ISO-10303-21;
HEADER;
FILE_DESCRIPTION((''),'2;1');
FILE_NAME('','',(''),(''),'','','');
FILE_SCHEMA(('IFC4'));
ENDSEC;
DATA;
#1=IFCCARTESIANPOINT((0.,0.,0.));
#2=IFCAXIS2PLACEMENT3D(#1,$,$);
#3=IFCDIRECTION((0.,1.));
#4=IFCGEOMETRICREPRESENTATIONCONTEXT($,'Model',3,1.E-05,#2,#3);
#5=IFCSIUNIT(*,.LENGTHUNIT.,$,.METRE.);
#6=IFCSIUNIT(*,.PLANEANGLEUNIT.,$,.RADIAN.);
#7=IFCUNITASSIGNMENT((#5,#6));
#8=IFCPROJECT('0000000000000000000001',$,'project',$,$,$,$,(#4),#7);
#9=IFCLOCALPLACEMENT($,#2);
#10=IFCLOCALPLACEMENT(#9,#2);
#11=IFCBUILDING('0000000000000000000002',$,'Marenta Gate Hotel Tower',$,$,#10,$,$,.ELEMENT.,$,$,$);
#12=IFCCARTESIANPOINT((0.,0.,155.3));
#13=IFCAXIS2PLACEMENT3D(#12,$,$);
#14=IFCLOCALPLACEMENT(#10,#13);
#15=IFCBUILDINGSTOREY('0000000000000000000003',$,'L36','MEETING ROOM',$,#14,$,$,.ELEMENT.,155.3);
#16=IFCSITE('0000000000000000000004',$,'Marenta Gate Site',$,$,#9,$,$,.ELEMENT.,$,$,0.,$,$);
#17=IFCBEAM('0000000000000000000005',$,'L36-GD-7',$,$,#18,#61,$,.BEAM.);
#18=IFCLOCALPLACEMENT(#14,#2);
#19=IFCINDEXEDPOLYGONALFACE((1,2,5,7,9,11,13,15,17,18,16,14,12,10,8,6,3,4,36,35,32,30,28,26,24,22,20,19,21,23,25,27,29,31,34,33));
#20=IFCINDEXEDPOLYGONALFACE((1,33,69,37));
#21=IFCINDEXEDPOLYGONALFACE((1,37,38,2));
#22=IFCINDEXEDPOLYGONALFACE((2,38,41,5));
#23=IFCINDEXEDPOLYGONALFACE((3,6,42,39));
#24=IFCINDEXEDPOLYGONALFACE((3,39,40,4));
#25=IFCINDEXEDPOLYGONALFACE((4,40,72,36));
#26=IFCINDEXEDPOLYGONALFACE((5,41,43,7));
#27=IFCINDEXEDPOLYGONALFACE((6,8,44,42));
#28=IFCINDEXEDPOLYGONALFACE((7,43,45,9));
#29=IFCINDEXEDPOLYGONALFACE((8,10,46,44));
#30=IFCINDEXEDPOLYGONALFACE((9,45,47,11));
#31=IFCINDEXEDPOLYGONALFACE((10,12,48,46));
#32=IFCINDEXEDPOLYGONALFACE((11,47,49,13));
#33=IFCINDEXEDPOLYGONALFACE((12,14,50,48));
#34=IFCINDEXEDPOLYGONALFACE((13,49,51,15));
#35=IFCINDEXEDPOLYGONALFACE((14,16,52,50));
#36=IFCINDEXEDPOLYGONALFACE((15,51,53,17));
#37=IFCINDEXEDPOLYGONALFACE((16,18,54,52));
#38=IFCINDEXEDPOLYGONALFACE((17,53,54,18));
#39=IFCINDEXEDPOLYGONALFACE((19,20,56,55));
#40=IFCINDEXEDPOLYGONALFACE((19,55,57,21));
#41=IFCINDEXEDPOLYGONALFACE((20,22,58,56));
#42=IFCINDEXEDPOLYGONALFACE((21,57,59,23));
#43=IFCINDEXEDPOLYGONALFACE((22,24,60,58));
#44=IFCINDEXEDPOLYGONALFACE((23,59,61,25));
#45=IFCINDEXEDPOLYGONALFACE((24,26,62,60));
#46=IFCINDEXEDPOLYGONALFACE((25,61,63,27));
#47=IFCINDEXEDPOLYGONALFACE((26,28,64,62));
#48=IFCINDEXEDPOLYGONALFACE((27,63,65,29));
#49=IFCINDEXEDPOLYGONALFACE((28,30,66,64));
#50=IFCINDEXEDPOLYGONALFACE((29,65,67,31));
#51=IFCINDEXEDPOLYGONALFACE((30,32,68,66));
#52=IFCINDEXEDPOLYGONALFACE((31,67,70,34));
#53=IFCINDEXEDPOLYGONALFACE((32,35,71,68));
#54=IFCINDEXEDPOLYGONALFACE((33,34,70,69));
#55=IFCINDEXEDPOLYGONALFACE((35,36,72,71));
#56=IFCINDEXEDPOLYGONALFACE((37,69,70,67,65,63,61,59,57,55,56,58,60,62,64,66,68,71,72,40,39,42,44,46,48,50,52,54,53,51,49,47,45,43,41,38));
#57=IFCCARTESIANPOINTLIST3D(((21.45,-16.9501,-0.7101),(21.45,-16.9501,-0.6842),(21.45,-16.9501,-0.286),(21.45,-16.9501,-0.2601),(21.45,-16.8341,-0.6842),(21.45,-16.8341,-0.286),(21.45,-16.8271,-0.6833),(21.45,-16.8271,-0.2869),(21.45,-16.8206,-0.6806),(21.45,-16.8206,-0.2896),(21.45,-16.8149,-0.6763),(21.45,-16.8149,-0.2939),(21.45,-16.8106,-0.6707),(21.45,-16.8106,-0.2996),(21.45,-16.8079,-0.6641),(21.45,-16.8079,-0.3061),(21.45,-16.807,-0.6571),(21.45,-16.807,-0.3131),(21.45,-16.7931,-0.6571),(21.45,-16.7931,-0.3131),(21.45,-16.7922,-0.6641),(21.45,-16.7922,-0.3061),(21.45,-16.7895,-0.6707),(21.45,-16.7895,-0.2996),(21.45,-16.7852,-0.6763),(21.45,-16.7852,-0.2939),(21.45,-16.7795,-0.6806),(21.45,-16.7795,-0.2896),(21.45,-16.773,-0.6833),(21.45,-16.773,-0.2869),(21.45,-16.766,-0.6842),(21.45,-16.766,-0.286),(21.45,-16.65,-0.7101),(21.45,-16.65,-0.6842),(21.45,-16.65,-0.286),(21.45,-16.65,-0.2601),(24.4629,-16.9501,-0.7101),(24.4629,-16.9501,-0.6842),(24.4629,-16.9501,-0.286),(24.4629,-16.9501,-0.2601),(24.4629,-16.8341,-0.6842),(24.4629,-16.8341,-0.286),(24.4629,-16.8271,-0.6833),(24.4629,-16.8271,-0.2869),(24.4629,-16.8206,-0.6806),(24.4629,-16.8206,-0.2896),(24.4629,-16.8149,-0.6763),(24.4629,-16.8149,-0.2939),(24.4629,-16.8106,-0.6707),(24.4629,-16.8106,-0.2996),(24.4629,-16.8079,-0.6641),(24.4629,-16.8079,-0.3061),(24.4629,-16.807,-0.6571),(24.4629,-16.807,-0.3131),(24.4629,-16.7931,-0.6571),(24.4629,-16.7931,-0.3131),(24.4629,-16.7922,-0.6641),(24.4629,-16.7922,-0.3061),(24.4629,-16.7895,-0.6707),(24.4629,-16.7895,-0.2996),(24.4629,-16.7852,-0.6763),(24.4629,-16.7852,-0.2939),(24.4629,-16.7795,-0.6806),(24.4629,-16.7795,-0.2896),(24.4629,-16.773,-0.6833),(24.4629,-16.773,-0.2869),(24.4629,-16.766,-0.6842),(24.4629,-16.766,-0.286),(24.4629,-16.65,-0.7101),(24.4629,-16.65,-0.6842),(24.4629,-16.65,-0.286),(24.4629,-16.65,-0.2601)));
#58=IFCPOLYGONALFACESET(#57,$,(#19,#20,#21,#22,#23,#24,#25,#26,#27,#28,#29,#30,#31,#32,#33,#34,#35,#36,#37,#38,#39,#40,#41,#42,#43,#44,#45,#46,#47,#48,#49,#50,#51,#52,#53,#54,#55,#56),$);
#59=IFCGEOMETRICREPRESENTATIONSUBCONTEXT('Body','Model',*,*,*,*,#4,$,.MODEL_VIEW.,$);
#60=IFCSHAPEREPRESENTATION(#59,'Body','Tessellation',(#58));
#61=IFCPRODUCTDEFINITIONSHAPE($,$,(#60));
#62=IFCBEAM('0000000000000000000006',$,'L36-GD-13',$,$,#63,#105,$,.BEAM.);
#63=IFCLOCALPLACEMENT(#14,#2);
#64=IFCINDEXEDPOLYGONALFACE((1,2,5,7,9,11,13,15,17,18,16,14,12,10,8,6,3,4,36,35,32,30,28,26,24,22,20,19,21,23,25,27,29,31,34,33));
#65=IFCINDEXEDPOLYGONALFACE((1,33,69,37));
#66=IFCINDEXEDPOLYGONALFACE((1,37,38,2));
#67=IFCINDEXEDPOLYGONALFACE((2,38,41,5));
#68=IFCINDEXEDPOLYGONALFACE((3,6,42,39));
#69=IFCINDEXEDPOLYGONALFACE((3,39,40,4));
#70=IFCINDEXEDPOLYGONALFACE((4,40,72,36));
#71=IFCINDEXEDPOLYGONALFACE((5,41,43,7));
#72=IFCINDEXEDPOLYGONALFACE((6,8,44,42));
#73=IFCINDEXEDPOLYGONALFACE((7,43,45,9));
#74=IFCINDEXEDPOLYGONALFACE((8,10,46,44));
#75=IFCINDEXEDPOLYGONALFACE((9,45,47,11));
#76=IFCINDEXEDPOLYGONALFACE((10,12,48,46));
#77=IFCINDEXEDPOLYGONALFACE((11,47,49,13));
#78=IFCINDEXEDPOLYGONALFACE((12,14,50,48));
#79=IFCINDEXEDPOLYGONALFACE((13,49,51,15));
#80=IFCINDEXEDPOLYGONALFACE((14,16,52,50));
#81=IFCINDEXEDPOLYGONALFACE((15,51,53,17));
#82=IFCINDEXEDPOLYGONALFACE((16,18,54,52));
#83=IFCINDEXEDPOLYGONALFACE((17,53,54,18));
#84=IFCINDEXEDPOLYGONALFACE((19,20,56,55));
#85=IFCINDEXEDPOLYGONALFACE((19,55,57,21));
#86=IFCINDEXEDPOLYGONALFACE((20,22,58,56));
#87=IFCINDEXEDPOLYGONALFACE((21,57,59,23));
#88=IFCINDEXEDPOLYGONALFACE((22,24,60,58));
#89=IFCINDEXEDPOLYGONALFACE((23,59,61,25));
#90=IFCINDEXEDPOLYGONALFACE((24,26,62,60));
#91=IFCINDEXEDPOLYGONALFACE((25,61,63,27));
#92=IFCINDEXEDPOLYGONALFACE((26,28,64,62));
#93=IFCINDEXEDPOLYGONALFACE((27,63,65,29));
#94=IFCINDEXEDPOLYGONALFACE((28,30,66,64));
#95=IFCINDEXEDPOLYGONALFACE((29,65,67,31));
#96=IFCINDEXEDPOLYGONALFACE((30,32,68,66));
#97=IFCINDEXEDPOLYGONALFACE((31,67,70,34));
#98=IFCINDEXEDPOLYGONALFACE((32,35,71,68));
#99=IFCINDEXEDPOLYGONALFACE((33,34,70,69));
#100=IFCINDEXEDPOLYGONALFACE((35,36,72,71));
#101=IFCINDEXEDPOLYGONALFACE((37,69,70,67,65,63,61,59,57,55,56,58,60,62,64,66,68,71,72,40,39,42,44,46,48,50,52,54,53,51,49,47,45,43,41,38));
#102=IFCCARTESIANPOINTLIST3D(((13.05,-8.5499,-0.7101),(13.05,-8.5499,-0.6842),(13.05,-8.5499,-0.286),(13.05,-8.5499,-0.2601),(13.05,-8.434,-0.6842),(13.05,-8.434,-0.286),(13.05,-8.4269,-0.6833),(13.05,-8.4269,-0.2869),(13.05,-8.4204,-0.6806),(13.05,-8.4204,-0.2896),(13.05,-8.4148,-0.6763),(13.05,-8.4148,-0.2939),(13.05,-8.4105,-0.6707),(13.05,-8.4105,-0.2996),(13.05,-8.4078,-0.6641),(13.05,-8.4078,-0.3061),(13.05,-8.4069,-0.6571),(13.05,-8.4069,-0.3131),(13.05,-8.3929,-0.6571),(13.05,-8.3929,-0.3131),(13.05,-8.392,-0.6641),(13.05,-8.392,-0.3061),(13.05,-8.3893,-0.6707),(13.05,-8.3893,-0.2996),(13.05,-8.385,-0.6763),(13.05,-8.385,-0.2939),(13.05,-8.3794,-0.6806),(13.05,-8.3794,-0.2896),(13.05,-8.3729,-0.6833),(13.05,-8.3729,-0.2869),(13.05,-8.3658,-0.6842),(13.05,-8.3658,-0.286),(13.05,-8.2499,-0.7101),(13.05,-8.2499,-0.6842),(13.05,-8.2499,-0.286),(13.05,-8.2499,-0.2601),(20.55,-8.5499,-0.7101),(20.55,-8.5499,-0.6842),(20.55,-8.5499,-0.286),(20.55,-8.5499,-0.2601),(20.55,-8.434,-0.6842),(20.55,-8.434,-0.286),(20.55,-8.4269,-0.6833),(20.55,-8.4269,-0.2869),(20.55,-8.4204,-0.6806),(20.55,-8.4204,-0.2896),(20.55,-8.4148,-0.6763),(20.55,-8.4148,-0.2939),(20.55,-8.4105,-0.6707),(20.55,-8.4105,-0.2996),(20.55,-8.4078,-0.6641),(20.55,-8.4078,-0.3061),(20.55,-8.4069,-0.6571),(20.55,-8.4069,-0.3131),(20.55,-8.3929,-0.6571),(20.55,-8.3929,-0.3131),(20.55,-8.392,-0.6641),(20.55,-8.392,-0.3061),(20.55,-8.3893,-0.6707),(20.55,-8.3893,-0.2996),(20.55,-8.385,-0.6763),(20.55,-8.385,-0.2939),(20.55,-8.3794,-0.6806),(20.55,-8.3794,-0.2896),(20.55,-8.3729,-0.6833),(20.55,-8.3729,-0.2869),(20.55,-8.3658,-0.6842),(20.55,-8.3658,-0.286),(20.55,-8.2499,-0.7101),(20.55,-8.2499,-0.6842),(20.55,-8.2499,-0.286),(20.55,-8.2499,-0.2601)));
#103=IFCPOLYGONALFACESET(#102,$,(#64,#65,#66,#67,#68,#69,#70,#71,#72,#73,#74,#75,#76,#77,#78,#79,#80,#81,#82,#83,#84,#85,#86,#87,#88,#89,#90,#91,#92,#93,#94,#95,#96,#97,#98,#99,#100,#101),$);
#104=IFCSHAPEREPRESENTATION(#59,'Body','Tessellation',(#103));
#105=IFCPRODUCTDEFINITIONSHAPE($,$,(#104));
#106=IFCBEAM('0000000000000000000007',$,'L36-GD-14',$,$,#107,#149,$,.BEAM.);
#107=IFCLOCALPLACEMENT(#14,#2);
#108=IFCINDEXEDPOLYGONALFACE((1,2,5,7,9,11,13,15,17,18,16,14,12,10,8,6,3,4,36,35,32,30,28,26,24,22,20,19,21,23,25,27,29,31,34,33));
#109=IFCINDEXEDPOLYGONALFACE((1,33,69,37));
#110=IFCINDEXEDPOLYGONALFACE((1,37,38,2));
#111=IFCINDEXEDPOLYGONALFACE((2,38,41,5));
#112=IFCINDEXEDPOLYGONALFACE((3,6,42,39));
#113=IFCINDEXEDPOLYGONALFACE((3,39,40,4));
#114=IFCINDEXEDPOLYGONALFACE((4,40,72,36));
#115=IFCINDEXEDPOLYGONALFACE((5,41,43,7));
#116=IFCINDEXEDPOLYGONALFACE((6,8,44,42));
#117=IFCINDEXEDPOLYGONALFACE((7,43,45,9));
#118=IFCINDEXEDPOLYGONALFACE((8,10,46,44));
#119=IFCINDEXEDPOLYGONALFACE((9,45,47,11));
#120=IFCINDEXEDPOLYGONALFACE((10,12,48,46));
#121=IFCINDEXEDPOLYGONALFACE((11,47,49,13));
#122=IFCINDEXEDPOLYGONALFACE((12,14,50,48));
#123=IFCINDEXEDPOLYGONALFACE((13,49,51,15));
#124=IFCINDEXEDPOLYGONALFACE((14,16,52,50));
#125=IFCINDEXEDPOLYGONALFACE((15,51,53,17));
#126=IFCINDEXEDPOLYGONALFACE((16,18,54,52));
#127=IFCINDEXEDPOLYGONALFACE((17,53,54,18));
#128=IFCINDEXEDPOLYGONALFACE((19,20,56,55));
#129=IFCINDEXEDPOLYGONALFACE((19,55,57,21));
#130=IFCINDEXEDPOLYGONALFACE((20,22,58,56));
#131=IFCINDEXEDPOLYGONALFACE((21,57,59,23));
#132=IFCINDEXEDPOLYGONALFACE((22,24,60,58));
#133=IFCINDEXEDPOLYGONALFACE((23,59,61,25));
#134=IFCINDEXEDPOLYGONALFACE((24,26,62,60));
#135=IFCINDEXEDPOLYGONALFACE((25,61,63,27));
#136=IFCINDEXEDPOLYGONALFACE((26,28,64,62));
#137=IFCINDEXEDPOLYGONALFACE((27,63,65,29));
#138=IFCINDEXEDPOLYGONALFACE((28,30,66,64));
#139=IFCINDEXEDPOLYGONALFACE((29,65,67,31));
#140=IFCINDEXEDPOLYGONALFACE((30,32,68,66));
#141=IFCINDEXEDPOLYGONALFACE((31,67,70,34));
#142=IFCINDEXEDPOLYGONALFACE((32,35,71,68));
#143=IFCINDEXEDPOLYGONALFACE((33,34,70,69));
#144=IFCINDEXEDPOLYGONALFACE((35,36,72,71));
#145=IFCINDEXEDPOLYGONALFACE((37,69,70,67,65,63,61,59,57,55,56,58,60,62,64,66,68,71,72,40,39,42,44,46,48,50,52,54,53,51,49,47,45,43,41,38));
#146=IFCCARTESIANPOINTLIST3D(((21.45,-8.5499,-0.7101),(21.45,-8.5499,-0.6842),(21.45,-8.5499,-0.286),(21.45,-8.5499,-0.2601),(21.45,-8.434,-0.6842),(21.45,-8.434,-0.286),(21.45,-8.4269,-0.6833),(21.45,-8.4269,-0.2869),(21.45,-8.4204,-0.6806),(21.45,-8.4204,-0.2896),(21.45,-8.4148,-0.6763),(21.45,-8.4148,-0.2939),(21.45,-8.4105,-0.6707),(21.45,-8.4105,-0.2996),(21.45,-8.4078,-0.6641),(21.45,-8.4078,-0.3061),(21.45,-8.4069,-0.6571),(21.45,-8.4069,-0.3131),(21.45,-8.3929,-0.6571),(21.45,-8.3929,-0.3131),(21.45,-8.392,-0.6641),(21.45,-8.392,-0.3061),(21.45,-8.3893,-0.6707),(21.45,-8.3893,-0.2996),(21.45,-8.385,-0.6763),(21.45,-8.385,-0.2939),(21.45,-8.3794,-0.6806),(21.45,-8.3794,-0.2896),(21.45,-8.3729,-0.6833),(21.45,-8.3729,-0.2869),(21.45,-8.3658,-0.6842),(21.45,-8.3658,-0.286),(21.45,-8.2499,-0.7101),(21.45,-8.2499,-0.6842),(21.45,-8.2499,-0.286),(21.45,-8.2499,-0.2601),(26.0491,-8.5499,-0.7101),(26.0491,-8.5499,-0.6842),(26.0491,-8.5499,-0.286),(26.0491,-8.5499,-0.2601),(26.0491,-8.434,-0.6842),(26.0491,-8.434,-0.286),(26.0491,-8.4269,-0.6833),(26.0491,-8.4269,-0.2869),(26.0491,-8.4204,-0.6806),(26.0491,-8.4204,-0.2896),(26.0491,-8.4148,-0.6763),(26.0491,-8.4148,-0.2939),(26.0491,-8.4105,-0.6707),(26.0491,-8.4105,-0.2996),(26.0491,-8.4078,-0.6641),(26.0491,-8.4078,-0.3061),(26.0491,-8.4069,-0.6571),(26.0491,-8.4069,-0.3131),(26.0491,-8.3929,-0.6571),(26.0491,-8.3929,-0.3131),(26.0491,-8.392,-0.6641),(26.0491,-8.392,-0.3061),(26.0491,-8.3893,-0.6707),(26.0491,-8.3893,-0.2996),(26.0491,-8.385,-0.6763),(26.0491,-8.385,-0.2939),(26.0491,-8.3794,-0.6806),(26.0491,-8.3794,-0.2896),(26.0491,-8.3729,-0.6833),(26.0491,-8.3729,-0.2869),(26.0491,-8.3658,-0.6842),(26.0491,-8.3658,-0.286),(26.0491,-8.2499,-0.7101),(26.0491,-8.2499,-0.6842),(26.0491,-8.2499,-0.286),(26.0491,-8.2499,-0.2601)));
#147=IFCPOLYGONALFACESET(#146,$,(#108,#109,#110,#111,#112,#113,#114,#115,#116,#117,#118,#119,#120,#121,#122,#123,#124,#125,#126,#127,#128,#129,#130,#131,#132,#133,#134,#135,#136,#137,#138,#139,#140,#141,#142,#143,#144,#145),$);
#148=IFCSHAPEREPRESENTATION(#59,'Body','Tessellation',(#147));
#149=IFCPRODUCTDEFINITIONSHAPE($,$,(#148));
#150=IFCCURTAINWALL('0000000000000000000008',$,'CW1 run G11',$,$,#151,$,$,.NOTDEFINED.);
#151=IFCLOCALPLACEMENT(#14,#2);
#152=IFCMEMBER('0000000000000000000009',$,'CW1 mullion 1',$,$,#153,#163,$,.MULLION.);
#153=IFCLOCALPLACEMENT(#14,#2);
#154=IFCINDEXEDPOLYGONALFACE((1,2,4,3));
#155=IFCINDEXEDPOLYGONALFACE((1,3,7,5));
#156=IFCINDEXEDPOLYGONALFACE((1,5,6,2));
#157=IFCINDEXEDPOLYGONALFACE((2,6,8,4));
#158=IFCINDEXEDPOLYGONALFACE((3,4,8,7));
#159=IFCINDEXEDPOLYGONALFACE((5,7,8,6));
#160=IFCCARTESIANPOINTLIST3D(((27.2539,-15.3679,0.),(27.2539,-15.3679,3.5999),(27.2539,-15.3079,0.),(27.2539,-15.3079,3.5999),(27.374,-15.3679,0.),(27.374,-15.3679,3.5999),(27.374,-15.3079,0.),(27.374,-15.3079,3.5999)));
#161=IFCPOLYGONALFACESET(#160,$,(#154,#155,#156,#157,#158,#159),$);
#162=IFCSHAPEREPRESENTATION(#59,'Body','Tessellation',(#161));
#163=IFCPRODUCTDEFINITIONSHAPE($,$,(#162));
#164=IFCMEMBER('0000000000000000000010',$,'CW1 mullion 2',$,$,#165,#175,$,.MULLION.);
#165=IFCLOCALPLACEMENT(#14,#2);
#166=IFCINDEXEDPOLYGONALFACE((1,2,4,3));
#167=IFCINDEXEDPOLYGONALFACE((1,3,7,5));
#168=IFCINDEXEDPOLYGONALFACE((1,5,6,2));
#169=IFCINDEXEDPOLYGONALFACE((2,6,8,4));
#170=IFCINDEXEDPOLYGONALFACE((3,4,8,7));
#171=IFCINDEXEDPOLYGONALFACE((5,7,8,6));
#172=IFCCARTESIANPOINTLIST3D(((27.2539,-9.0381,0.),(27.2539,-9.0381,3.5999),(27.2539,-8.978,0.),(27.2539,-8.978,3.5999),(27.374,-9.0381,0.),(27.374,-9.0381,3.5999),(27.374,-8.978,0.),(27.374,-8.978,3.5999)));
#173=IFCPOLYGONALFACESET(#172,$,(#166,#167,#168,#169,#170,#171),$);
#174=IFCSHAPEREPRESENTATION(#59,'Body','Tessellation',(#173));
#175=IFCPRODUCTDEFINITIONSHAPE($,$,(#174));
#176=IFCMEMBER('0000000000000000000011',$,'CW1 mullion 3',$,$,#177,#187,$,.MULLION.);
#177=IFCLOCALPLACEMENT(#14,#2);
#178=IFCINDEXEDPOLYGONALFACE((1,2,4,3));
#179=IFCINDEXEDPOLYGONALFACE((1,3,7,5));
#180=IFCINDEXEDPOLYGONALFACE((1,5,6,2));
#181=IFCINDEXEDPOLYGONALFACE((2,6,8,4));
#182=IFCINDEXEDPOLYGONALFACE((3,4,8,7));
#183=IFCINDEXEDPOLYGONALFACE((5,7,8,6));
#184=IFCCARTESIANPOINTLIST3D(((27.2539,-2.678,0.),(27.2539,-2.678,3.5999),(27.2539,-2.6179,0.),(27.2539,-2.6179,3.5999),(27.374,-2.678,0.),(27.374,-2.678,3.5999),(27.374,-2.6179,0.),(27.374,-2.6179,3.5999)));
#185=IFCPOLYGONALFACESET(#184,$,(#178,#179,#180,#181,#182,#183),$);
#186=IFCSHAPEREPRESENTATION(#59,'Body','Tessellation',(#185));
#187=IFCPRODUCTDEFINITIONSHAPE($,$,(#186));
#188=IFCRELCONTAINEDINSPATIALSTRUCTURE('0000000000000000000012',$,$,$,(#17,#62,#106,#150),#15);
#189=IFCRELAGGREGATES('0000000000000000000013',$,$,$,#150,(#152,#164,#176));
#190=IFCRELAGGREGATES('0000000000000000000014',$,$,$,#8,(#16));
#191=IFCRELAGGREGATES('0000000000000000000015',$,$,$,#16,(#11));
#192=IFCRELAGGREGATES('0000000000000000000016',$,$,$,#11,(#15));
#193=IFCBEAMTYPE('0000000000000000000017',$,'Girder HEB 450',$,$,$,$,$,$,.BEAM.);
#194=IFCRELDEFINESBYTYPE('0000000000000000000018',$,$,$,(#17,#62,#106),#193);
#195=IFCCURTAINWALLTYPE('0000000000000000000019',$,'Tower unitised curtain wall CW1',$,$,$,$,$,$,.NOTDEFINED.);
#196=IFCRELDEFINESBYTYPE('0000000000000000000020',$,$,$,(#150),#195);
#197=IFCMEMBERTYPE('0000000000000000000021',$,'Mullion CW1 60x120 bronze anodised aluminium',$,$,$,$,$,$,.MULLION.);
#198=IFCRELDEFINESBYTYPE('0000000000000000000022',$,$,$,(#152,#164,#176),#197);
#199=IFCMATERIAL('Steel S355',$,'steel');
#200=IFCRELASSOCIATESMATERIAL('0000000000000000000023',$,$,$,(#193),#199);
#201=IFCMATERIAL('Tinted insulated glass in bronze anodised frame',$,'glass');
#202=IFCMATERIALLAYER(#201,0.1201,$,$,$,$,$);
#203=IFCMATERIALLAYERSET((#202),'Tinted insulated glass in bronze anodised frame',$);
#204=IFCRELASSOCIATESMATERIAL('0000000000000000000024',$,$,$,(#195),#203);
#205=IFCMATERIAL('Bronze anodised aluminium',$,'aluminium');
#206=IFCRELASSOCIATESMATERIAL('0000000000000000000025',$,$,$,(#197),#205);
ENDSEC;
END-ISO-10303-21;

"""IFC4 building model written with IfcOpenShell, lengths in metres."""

from ifc_helpers import new_model, si_unit, direction, frame, origin, origin_2d, place, context, subcontext, project, spatial, rectangle, i_section, extrude, material, layer, layer_set, material_profile, profile_set, type_object, element, aggregate, save


model = new_model("IFC4")

# Units and contexts
model_context = context("Model", 3, precision=1e-05, world=origin(), true_north=direction((0.0, 1.0)))
body_context = subcontext(model_context, "Body", "Model", "MODEL_VIEW")
ifc_project = project(units=[si_unit("LENGTHUNIT", "METRE"), si_unit("PLANEANGLEUNIT", "RADIAN")], contexts=[model_context])

# Site, building, storey
site_placement = place(None, origin())
site = spatial("IfcSite", under=ifc_project, at=site_placement, Name="Marenta Gate Site", CompositionType="ELEMENT", RefElevation=0.0)
building_placement = place(site_placement, origin())
building = spatial("IfcBuilding", under=site, at=building_placement, Name="Marenta Gate Hotel Tower", CompositionType="ELEMENT")
storey_placement = place(building_placement, frame((0.0, 0.0, 155.3)))
storey = spatial("IfcBuildingStorey", under=building, at=storey_placement, Name="L36", Description="MEETING ROOM", CompositionType="ELEMENT", Elevation=155.3)

# Beams
ifc_material_1 = material(Name="Steel S355", Category="steel")
ifc_material_profile_1 = material_profile(ifc_material_1, i_section(OverallWidth=0.3, OverallDepth=0.45, WebThickness=0.0139, FlangeThickness=0.0259, FilletRadius=0.0271, at=origin_2d()), Name="HEB 450")
ifc_profile_set_1 = profile_set([ifc_material_profile_1], Name="Steel S355")
beam_type_1 = type_object("IfcBeamType", Name="Girder HEB 450", PredefinedType="BEAM", material=ifc_profile_set_1)
beam_1_placement = place(storey_placement, frame((21.45, -16.8, -0.4851), z_axis=(1.0, 0.0, 0.0), x_axis=(0.0, 1.0, 0.0)))
element("IfcBeam", 1, at=beam_1_placement, inside=storey, type_object=beam_type_1, Name="L36-GD-7", PredefinedType="BEAM", context=body_context, shape_type="SweptSolid", body=[
    extrude(i_section(OverallWidth=0.3, OverallDepth=0.45, WebThickness=0.0139, FlangeThickness=0.0259, FilletRadius=0.0271, at=origin_2d()), origin(), (0.0, 0.0, 1.0), 3.0129),
])
beam_2_placement = place(storey_placement, frame((13.05, -8.3999, -0.4851), z_axis=(1.0, 0.0, 0.0), x_axis=(0.0, 1.0, 0.0)))
element("IfcBeam", 2, at=beam_2_placement, inside=storey, type_object=beam_type_1, Name="L36-GD-13", PredefinedType="BEAM", context=body_context, shape_type="SweptSolid", body=[
    extrude(i_section(OverallWidth=0.3, OverallDepth=0.45, WebThickness=0.0139, FlangeThickness=0.0259, FilletRadius=0.0271, at=origin_2d()), origin(), (0.0, 0.0, 1.0), 7.5),
])
beam_3_placement = place(storey_placement, frame((21.45, -8.3999, -0.4851), z_axis=(1.0, 0.0, 0.0), x_axis=(0.0, 1.0, 0.0)))
element("IfcBeam", 3, at=beam_3_placement, inside=storey, type_object=beam_type_1, Name="L36-GD-14", PredefinedType="BEAM", context=body_context, shape_type="SweptSolid", body=[
    extrude(i_section(OverallWidth=0.3, OverallDepth=0.45, WebThickness=0.0139, FlangeThickness=0.0259, FilletRadius=0.0271, at=origin_2d()), origin(), (0.0, 0.0, 1.0), 4.5991),
])

# Curtain wall, members
ifc_material_2 = material(Name="Tinted insulated glass in bronze anodised frame", Category="glass")
ifc_layer_1 = layer(ifc_material_2, 0.1201)
ifc_layer_set_1 = layer_set([ifc_layer_1], Name="Tinted insulated glass in bronze anodised frame")
curtain_wall_type = type_object("IfcCurtainWallType", Name="Tower unitised curtain wall CW1", PredefinedType="NOTDEFINED", material=ifc_layer_set_1)
curtain_wall_placement = place(storey_placement, origin())
curtain_wall = element("IfcCurtainWall", 4, at=curtain_wall_placement, inside=storey, type_object=curtain_wall_type, Name="CW1 run G11", PredefinedType="NOTDEFINED")
ifc_material_3 = material(Name="Bronze anodised aluminium", Category="aluminium")
ifc_material_profile_2 = material_profile(ifc_material_3, rectangle(XDim=0.1201, YDim=0.0601, at=origin_2d()), Name="Mullion CW1 60x120 bronze anodised aluminium")
ifc_profile_set_2 = profile_set([ifc_material_profile_2], Name="Bronze anodised aluminium")
member_type_1 = type_object("IfcMemberType", Name="Mullion CW1 60x120 bronze anodised aluminium", PredefinedType="MULLION", material=ifc_profile_set_2)
member_1_placement = place(storey_placement, frame((27.314, -15.3379, 0.0), z_axis=(0.0, 0.0, 1.0), x_axis=(-1.0, 0.0, 0.0)))
member_1 = element("IfcMember", 5, at=member_1_placement, type_object=member_type_1, Name="CW1 mullion 1", PredefinedType="MULLION", context=body_context, shape_type="SweptSolid", body=[
    extrude(rectangle(XDim=0.1201, YDim=0.0601, at=origin_2d()), origin(), (0.0, 0.0, 1.0), 3.5999),
])
member_2_placement = place(storey_placement, frame((27.314, -9.0081, 0.0), z_axis=(0.0, 0.0, 1.0), x_axis=(-1.0, 0.0, 0.0)))
member_2 = element("IfcMember", 6, at=member_2_placement, type_object=member_type_1, Name="CW1 mullion 2", PredefinedType="MULLION", context=body_context, shape_type="SweptSolid", body=[
    extrude(rectangle(XDim=0.1201, YDim=0.0601, at=origin_2d()), origin(), (0.0, 0.0, 1.0), 3.5999),
])
member_3_placement = place(storey_placement, frame((27.314, -2.6479, 0.0), z_axis=(0.0, 0.0, 1.0), x_axis=(-1.0, 0.0, 0.0)))
member_3 = element("IfcMember", 7, at=member_3_placement, type_object=member_type_1, Name="CW1 mullion 3", PredefinedType="MULLION", context=body_context, shape_type="SweptSolid", body=[
    extrude(rectangle(XDim=0.1201, YDim=0.0601, at=origin_2d()), origin(), (0.0, 0.0, 1.0), 3.5999),
])
aggregate(curtain_wall, [member_1, member_2, member_3])

save(model, "model.ifc")
